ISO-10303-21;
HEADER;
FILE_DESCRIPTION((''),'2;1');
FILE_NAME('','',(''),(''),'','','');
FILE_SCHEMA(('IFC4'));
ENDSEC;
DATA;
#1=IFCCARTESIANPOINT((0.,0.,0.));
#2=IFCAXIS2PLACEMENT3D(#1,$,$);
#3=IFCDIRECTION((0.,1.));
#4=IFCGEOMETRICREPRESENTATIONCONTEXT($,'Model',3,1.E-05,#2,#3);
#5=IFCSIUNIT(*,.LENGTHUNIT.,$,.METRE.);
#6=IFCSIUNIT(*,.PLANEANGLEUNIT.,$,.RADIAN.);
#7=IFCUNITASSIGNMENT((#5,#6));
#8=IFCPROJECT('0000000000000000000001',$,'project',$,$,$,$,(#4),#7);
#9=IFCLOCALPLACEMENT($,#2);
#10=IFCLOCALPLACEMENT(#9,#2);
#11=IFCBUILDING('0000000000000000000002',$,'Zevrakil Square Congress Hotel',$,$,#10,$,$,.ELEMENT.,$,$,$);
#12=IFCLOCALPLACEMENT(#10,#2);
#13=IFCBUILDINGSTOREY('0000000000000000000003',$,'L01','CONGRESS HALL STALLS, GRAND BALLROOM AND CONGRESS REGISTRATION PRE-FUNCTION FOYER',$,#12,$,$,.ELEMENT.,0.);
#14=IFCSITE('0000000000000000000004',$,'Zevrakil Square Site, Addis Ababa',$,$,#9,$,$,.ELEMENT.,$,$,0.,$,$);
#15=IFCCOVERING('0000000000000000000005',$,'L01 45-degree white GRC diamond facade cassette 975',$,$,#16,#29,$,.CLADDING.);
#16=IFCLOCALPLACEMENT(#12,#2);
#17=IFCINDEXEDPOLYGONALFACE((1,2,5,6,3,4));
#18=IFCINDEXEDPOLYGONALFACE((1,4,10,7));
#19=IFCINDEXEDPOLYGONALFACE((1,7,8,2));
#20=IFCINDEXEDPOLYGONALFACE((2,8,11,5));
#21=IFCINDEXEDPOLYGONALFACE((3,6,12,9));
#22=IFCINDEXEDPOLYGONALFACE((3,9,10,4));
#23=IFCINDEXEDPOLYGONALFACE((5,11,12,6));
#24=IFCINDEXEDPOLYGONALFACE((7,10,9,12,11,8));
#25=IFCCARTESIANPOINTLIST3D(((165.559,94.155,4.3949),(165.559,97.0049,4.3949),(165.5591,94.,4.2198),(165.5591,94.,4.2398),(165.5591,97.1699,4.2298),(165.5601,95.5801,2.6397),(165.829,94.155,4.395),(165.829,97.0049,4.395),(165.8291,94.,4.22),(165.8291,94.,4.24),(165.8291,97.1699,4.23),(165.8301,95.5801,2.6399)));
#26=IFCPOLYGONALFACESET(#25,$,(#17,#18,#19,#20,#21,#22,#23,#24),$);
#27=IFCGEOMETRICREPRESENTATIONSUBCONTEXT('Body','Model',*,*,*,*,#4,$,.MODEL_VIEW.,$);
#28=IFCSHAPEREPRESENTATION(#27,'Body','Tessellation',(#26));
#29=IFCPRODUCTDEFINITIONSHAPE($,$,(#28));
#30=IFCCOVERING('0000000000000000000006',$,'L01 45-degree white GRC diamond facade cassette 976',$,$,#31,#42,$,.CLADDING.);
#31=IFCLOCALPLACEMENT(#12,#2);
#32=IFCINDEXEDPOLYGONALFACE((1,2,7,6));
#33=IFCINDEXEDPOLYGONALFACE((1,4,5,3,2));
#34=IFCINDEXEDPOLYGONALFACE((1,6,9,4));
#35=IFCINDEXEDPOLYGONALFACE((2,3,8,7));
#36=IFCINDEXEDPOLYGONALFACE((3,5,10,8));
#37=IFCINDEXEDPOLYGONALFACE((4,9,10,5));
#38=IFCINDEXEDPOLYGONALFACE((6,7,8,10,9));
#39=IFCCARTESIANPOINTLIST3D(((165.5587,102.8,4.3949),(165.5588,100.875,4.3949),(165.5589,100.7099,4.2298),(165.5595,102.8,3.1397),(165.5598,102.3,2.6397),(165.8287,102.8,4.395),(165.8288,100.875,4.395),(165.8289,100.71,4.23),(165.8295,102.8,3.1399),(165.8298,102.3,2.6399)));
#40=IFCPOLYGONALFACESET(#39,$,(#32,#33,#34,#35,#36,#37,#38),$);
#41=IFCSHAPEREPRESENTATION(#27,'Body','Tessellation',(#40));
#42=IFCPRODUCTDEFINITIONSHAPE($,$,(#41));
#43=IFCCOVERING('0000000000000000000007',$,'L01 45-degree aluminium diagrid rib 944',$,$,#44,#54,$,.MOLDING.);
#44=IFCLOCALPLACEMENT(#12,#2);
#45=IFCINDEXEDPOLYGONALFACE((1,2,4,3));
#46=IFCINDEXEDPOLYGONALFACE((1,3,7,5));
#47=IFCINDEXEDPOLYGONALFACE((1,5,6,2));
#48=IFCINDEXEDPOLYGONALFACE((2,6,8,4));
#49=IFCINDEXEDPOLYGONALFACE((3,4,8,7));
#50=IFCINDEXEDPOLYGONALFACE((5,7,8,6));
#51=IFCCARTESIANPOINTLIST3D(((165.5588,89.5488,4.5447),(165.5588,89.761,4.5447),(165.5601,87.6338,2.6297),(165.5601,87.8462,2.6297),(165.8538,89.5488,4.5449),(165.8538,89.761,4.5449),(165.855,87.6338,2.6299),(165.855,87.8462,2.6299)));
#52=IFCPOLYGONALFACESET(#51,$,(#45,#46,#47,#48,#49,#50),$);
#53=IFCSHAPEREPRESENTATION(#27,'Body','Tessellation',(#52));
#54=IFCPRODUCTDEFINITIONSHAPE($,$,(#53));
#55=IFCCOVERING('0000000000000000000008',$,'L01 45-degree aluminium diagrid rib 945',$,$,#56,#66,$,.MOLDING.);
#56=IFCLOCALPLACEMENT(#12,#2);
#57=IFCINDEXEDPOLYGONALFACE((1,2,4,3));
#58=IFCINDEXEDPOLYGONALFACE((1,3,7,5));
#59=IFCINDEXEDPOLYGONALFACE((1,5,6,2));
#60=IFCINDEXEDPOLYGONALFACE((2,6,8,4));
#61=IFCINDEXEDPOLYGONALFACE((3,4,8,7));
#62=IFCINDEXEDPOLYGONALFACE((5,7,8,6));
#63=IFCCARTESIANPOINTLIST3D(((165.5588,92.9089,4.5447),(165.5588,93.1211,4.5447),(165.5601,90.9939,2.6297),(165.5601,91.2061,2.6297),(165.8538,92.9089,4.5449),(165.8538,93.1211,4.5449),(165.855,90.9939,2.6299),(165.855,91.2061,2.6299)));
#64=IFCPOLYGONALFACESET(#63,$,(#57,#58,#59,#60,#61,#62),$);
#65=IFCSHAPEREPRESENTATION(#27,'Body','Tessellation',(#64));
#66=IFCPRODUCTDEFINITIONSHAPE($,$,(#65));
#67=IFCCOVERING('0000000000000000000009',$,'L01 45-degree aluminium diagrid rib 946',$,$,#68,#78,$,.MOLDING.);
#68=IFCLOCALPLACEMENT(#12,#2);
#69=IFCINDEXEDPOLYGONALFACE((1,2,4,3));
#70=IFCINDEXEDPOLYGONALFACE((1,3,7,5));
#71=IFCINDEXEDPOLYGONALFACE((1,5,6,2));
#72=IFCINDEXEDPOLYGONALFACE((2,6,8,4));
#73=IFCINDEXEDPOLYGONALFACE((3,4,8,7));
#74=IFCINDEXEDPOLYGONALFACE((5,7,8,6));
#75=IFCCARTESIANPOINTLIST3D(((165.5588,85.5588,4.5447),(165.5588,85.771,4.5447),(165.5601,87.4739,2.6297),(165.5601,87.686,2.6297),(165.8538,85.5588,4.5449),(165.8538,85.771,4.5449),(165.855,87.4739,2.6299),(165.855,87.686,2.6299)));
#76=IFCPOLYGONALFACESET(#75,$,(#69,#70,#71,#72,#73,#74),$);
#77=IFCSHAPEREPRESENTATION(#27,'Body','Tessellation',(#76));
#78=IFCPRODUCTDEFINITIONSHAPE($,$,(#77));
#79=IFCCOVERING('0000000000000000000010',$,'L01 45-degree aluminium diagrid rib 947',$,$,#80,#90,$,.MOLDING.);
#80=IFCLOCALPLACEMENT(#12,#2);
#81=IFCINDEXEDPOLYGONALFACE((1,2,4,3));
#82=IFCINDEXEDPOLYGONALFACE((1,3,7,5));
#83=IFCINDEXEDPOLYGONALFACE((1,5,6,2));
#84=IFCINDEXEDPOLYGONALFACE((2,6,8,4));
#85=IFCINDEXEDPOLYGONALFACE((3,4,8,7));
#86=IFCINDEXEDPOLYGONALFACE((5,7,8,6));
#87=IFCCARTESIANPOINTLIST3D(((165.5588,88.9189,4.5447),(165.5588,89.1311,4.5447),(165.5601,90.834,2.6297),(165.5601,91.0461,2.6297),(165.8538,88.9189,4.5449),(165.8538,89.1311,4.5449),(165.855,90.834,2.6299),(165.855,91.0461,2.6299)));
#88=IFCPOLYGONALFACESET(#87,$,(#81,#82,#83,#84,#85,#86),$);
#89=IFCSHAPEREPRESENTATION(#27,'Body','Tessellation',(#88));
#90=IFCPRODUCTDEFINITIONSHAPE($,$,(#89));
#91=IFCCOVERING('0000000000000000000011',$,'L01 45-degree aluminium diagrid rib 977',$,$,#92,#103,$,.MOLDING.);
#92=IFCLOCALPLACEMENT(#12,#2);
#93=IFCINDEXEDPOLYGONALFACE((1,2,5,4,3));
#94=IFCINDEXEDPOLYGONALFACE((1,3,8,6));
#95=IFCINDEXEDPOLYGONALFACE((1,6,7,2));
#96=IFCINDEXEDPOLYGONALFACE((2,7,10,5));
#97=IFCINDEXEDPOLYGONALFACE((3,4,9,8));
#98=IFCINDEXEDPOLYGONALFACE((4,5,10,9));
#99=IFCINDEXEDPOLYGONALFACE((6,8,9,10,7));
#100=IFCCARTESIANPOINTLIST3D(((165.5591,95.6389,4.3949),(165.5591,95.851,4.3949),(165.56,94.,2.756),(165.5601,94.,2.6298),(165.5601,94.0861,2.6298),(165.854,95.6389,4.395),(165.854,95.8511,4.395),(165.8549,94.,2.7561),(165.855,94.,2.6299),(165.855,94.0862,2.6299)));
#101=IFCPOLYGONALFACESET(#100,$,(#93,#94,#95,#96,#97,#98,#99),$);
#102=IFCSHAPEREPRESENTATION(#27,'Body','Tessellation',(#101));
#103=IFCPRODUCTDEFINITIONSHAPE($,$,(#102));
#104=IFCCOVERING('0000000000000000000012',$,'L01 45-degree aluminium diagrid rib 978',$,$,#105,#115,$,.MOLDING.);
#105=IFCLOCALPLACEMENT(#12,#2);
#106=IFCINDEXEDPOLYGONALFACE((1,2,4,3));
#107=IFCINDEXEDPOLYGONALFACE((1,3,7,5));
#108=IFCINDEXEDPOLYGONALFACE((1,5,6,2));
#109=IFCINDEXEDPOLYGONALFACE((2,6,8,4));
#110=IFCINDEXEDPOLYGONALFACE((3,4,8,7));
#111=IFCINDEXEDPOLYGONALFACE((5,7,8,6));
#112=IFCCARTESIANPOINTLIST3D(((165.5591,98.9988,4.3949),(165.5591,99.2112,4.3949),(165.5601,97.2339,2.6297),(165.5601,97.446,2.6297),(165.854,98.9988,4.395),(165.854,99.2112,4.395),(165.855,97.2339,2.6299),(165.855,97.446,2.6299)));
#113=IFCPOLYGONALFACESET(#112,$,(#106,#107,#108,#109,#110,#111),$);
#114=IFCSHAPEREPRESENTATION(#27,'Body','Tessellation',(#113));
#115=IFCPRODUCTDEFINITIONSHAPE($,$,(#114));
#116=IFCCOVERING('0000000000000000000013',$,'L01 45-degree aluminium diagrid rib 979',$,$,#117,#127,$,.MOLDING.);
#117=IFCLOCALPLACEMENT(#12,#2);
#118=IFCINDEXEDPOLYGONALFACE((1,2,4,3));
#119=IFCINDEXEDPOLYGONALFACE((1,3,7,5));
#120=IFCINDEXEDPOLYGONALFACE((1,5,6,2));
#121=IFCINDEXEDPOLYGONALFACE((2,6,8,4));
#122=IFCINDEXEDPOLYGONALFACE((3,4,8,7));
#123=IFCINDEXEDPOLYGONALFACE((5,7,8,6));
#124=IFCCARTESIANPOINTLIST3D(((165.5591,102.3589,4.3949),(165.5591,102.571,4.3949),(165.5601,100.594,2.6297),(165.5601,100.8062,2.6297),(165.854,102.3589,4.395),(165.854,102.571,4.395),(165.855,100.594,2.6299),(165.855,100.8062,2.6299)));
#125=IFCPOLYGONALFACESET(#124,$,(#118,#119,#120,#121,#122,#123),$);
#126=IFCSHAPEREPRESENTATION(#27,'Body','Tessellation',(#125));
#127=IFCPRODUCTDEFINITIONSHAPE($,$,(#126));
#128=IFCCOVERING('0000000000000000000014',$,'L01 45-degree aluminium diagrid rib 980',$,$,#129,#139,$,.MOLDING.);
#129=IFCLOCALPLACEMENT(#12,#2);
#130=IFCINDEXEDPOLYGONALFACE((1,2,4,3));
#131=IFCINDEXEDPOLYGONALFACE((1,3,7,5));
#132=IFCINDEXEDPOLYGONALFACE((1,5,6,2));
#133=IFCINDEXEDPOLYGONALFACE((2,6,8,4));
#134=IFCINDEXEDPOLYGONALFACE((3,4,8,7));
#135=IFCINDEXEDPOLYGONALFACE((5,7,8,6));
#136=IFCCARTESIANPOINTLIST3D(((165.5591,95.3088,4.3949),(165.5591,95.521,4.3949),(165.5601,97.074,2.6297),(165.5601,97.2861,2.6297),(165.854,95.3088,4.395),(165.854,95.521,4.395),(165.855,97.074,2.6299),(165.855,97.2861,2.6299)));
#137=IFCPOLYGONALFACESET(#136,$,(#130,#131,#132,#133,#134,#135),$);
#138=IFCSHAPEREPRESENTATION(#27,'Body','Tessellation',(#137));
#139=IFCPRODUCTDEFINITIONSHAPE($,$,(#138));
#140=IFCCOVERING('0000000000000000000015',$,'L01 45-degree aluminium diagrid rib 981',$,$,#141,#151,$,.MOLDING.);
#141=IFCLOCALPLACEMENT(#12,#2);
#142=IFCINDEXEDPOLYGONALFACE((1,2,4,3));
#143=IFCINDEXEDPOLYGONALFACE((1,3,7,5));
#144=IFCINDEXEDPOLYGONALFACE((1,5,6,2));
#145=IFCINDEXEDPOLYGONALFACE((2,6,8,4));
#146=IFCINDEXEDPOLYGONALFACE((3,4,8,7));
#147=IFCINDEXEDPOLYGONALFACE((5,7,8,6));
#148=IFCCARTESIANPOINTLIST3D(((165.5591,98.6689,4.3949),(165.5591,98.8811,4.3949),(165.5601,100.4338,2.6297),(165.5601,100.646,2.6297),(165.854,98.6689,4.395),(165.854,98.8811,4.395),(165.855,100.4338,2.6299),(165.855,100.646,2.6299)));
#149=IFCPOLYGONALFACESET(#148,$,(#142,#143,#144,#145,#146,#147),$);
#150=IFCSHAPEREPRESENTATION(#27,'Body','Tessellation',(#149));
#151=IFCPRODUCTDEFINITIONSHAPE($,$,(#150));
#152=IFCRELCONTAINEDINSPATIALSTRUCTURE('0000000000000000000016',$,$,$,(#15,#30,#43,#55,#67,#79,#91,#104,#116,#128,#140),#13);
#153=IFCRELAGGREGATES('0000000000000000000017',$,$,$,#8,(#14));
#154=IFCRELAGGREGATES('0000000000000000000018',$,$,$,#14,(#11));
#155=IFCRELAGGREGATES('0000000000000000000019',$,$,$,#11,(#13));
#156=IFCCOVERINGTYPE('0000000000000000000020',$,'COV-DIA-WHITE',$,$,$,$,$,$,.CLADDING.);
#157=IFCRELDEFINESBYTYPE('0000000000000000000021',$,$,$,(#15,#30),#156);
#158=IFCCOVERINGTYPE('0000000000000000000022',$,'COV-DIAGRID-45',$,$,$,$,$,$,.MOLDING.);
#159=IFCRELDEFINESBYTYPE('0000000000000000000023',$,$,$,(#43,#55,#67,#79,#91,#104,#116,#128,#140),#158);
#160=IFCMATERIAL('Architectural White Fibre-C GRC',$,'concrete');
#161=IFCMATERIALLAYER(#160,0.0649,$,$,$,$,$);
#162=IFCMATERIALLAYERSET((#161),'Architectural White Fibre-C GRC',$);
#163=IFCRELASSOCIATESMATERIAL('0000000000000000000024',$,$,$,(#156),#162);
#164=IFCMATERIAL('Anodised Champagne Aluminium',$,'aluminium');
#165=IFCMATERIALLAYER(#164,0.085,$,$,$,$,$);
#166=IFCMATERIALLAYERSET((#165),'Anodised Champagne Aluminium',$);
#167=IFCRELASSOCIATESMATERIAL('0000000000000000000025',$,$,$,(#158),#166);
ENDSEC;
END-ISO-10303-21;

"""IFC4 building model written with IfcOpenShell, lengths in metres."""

from ifc_helpers import new_model, si_unit, direction, frame, origin, place, context, subcontext, project, spatial, polyline, outline, extrude, material, layer, layer_set, type_object, element, save


model = new_model("IFC4")

# Units and contexts
model_context = context("Model", 3, precision=1e-05, world=origin(), true_north=direction((0.0, 1.0)))
body_context = subcontext(model_context, "Body", "Model", "MODEL_VIEW")
ifc_project = project(units=[si_unit("LENGTHUNIT", "METRE"), si_unit("PLANEANGLEUNIT", "RADIAN")], contexts=[model_context])

# Site, building, storey
site_placement = place(None, origin())
site = spatial("IfcSite", under=ifc_project, at=site_placement, Name="Zevrakil Square Site, Addis Ababa", CompositionType="ELEMENT", RefElevation=0.0)
building_placement = place(site_placement, origin())
building = spatial("IfcBuilding", under=site, at=building_placement, Name="Zevrakil Square Congress Hotel", CompositionType="ELEMENT")
storey_placement = place(building_placement, origin())
storey = spatial("IfcBuildingStorey", under=building, at=storey_placement, Name="L01", Description="CONGRESS HALL STALLS, GRAND BALLROOM AND CONGRESS REGISTRATION PRE-FUNCTION FOYER", CompositionType="ELEMENT", Elevation=0.0)

# Coverings
ifc_material_1 = material(Name="Architectural White Fibre-C GRC", Category="concrete")
ifc_layer_1 = layer(ifc_material_1, 0.0649)
ifc_layer_set_1 = layer_set([ifc_layer_1], Name="Architectural White Fibre-C GRC")
covering_type_1 = type_object("IfcCoveringType", Name="COV-DIA-WHITE", PredefinedType="CLADDING", material=ifc_layer_set_1)
covering_1_placement = place(storey_placement, frame((165.8291, 97.1699, 4.23), z_axis=(1.0, -0.000001, 0.000627), x_axis=(0.000442, -0.707052, -0.707161)))
element("IfcCovering", 1, at=covering_1_placement, inside=storey, type_object=covering_type_1, Name="L01 45-degree white GRC diamond facade cassette 975", PredefinedType="CLADDING", context=body_context, shape_type="SweptSolid", body=[
    extrude(outline(polyline([(0.0, 0.0), (2.2486, 0.0), (2.2484, -2.2346), (2.2342, -2.2487), (2.015, -2.2487), (0.0, -0.2334), (0.0, 0.0)])), origin(), (0.0, 0.0, -1.0), 0.27),
])
covering_2_placement = place(storey_placement, frame((165.8298, 102.3, 2.6399), z_axis=(1.0, 0.000046, 0.000608), x_axis=(-0.000398, -0.707107, 0.707107)))
element("IfcCovering", 2, at=covering_2_placement, inside=storey, type_object=covering_type_1, Name="L01 45-degree white GRC diamond facade cassette 976", PredefinedType="CLADDING", context=body_context, shape_type="SweptSolid", body=[
    extrude(outline(polyline([(0.0, 0.0), (2.2487, 0.0), (2.2487, -0.2334), (0.8875, -1.5946), (0.0, -0.7071), (0.0, 0.0)])), origin(), (0.0, 0.0, -1.0), 0.27),
])
ifc_material_2 = material(Name="Anodised Champagne Aluminium", Category="aluminium")
ifc_layer_2 = layer(ifc_material_2, 0.085)
ifc_layer_set_2 = layer_set([ifc_layer_2], Name="Anodised Champagne Aluminium")
covering_type_2 = type_object("IfcCoveringType", Name="COV-DIAGRID-45", PredefinedType="MOLDING", material=ifc_layer_set_2)
covering_3_placement = place(storey_placement, frame((165.855, 87.8462, 2.6299), z_axis=(1.0, 0.0, 0.000637), x_axis=(0.0, -1.0, 0.0)))
element("IfcCovering", 3, at=covering_3_placement, inside=storey, type_object=covering_type_2, Name="L01 45-degree aluminium diagrid rib 944", PredefinedType="MOLDING", context=body_context, shape_type="SweptSolid", body=[
    extrude(outline(polyline([(0.0, 0.0), (0.2124, 0.0), (-1.7026, -1.915), (-1.9148, -1.915), (0.0, 0.0)])), origin(), (0.0, 0.0, -1.0), 0.2949),
])
covering_4_placement = place(storey_placement, frame((165.855, 91.2061, 2.6299), z_axis=(1.0, 0.0, 0.000637), x_axis=(0.0, -1.0, 0.0)))
element("IfcCovering", 4, at=covering_4_placement, inside=storey, type_object=covering_type_2, Name="L01 45-degree aluminium diagrid rib 945", PredefinedType="MOLDING", context=body_context, shape_type="SweptSolid", body=[
    extrude(outline(polyline([(0.0, 0.0), (0.2122, 0.0), (-1.7029, -1.915), (-1.915, -1.915), (0.0, 0.0)])), origin(), (0.0, 0.0, -1.0), 0.2949),
])
for number, where, z_axis, x_axis, name in (
    (5, (165.8538, 85.5588, 4.5449), (1.0, 0.0, 0.000637), (0.0, 1.0, 0.0), "L01 45-degree aluminium diagrid rib 946"),
    (6, (165.8538, 88.9189, 4.5449), (1.0, 0.0, 0.000637), (0.0, 1.0, 0.0), "L01 45-degree aluminium diagrid rib 947"),
):
    element("IfcCovering", number, at=place(storey_placement, frame(where, z_axis=z_axis, x_axis=x_axis)), inside=storey, type_object=covering_type_2, Name=name, PredefinedType="MOLDING", context=body_context, shape_type="SweptSolid", body=[
        extrude(outline(polyline([(0.0, 0.0), (0.2122, 0.0), (2.1272, -1.915), (1.915, -1.915), (0.0, 0.0)])), origin(), (0.0, 0.0, -1.0), 0.2949),
    ])
covering_5_placement = place(storey_placement, frame((165.855, 94.0862, 2.6299), z_axis=(1.0, 0.000168, 0.000397), x_axis=(0.000168, -1.0, 0.0)))
element("IfcCovering", 7, at=covering_5_placement, inside=storey, type_object=covering_type_2, Name="L01 45-degree aluminium diagrid rib 977", PredefinedType="MOLDING", context=body_context, shape_type="SweptSolid", body=[
    extrude(outline(polyline([(0.0, 0.0), (0.0862, 0.0), (0.0862, -0.1262), (-1.5527, -1.7651), (-1.7649, -1.7651), (0.0, 0.0)])), origin(), (0.0, 0.0, -1.0), 0.2949),
])
covering_6_placement = place(storey_placement, frame((165.855, 97.446, 2.6299), z_axis=(1.0, 0.0, 0.000553), x_axis=(0.0, -1.0, 0.0)))
element("IfcCovering", 8, at=covering_6_placement, inside=storey, type_object=covering_type_2, Name="L01 45-degree aluminium diagrid rib 978", PredefinedType="MOLDING", context=body_context, shape_type="SweptSolid", body=[
    extrude(outline(polyline([(0.0, 0.0), (0.2122, 0.0), (-1.5527, -1.7651), (-1.7651, -1.7651), (0.0, 0.0)])), origin(), (0.0, 0.0, -1.0), 0.2949),
])
covering_7_placement = place(storey_placement, frame((165.855, 100.8062, 2.6299), z_axis=(1.0, 0.0, 0.000553), x_axis=(0.0, -1.0, 0.0)))
element("IfcCovering", 9, at=covering_7_placement, inside=storey, type_object=covering_type_2, Name="L01 45-degree aluminium diagrid rib 979", PredefinedType="MOLDING", context=body_context, shape_type="SweptSolid", body=[
    extrude(outline(polyline([(0.0, 0.0), (0.2122, 0.0), (-1.5527, -1.7651), (-1.7649, -1.7651), (0.0, 0.0)])), origin(), (0.0, 0.0, -1.0), 0.2949),
])
covering_8_placement = place(storey_placement, frame((165.854, 95.3088, 4.395), z_axis=(1.0, 0.0, 0.000553), x_axis=(0.0, 1.0, 0.0)))
element("IfcCovering", 10, at=covering_8_placement, inside=storey, type_object=covering_type_2, Name="L01 45-degree aluminium diagrid rib 980", PredefinedType="MOLDING", context=body_context, shape_type="SweptSolid", body=[
    extrude(outline(polyline([(0.0, 0.0), (0.2122, 0.0), (1.9773, -1.7651), (1.7651, -1.7651), (0.0, 0.0)])), origin(), (0.0, 0.0, -1.0), 0.2949),
])
covering_9_placement = place(storey_placement, frame((165.854, 98.6689, 4.395), z_axis=(1.0, 0.0, 0.000553), x_axis=(0.0, 1.0, 0.0)))
element("IfcCovering", 11, at=covering_9_placement, inside=storey, type_object=covering_type_2, Name="L01 45-degree aluminium diagrid rib 981", PredefinedType="MOLDING", context=body_context, shape_type="SweptSolid", body=[
    extrude(outline(polyline([(0.0, 0.0), (0.2122, 0.0), (1.9771, -1.7651), (1.7649, -1.7651), (0.0, 0.0)])), origin(), (0.0, 0.0, -1.0), 0.2949),
])

save(model, "model.ifc")
